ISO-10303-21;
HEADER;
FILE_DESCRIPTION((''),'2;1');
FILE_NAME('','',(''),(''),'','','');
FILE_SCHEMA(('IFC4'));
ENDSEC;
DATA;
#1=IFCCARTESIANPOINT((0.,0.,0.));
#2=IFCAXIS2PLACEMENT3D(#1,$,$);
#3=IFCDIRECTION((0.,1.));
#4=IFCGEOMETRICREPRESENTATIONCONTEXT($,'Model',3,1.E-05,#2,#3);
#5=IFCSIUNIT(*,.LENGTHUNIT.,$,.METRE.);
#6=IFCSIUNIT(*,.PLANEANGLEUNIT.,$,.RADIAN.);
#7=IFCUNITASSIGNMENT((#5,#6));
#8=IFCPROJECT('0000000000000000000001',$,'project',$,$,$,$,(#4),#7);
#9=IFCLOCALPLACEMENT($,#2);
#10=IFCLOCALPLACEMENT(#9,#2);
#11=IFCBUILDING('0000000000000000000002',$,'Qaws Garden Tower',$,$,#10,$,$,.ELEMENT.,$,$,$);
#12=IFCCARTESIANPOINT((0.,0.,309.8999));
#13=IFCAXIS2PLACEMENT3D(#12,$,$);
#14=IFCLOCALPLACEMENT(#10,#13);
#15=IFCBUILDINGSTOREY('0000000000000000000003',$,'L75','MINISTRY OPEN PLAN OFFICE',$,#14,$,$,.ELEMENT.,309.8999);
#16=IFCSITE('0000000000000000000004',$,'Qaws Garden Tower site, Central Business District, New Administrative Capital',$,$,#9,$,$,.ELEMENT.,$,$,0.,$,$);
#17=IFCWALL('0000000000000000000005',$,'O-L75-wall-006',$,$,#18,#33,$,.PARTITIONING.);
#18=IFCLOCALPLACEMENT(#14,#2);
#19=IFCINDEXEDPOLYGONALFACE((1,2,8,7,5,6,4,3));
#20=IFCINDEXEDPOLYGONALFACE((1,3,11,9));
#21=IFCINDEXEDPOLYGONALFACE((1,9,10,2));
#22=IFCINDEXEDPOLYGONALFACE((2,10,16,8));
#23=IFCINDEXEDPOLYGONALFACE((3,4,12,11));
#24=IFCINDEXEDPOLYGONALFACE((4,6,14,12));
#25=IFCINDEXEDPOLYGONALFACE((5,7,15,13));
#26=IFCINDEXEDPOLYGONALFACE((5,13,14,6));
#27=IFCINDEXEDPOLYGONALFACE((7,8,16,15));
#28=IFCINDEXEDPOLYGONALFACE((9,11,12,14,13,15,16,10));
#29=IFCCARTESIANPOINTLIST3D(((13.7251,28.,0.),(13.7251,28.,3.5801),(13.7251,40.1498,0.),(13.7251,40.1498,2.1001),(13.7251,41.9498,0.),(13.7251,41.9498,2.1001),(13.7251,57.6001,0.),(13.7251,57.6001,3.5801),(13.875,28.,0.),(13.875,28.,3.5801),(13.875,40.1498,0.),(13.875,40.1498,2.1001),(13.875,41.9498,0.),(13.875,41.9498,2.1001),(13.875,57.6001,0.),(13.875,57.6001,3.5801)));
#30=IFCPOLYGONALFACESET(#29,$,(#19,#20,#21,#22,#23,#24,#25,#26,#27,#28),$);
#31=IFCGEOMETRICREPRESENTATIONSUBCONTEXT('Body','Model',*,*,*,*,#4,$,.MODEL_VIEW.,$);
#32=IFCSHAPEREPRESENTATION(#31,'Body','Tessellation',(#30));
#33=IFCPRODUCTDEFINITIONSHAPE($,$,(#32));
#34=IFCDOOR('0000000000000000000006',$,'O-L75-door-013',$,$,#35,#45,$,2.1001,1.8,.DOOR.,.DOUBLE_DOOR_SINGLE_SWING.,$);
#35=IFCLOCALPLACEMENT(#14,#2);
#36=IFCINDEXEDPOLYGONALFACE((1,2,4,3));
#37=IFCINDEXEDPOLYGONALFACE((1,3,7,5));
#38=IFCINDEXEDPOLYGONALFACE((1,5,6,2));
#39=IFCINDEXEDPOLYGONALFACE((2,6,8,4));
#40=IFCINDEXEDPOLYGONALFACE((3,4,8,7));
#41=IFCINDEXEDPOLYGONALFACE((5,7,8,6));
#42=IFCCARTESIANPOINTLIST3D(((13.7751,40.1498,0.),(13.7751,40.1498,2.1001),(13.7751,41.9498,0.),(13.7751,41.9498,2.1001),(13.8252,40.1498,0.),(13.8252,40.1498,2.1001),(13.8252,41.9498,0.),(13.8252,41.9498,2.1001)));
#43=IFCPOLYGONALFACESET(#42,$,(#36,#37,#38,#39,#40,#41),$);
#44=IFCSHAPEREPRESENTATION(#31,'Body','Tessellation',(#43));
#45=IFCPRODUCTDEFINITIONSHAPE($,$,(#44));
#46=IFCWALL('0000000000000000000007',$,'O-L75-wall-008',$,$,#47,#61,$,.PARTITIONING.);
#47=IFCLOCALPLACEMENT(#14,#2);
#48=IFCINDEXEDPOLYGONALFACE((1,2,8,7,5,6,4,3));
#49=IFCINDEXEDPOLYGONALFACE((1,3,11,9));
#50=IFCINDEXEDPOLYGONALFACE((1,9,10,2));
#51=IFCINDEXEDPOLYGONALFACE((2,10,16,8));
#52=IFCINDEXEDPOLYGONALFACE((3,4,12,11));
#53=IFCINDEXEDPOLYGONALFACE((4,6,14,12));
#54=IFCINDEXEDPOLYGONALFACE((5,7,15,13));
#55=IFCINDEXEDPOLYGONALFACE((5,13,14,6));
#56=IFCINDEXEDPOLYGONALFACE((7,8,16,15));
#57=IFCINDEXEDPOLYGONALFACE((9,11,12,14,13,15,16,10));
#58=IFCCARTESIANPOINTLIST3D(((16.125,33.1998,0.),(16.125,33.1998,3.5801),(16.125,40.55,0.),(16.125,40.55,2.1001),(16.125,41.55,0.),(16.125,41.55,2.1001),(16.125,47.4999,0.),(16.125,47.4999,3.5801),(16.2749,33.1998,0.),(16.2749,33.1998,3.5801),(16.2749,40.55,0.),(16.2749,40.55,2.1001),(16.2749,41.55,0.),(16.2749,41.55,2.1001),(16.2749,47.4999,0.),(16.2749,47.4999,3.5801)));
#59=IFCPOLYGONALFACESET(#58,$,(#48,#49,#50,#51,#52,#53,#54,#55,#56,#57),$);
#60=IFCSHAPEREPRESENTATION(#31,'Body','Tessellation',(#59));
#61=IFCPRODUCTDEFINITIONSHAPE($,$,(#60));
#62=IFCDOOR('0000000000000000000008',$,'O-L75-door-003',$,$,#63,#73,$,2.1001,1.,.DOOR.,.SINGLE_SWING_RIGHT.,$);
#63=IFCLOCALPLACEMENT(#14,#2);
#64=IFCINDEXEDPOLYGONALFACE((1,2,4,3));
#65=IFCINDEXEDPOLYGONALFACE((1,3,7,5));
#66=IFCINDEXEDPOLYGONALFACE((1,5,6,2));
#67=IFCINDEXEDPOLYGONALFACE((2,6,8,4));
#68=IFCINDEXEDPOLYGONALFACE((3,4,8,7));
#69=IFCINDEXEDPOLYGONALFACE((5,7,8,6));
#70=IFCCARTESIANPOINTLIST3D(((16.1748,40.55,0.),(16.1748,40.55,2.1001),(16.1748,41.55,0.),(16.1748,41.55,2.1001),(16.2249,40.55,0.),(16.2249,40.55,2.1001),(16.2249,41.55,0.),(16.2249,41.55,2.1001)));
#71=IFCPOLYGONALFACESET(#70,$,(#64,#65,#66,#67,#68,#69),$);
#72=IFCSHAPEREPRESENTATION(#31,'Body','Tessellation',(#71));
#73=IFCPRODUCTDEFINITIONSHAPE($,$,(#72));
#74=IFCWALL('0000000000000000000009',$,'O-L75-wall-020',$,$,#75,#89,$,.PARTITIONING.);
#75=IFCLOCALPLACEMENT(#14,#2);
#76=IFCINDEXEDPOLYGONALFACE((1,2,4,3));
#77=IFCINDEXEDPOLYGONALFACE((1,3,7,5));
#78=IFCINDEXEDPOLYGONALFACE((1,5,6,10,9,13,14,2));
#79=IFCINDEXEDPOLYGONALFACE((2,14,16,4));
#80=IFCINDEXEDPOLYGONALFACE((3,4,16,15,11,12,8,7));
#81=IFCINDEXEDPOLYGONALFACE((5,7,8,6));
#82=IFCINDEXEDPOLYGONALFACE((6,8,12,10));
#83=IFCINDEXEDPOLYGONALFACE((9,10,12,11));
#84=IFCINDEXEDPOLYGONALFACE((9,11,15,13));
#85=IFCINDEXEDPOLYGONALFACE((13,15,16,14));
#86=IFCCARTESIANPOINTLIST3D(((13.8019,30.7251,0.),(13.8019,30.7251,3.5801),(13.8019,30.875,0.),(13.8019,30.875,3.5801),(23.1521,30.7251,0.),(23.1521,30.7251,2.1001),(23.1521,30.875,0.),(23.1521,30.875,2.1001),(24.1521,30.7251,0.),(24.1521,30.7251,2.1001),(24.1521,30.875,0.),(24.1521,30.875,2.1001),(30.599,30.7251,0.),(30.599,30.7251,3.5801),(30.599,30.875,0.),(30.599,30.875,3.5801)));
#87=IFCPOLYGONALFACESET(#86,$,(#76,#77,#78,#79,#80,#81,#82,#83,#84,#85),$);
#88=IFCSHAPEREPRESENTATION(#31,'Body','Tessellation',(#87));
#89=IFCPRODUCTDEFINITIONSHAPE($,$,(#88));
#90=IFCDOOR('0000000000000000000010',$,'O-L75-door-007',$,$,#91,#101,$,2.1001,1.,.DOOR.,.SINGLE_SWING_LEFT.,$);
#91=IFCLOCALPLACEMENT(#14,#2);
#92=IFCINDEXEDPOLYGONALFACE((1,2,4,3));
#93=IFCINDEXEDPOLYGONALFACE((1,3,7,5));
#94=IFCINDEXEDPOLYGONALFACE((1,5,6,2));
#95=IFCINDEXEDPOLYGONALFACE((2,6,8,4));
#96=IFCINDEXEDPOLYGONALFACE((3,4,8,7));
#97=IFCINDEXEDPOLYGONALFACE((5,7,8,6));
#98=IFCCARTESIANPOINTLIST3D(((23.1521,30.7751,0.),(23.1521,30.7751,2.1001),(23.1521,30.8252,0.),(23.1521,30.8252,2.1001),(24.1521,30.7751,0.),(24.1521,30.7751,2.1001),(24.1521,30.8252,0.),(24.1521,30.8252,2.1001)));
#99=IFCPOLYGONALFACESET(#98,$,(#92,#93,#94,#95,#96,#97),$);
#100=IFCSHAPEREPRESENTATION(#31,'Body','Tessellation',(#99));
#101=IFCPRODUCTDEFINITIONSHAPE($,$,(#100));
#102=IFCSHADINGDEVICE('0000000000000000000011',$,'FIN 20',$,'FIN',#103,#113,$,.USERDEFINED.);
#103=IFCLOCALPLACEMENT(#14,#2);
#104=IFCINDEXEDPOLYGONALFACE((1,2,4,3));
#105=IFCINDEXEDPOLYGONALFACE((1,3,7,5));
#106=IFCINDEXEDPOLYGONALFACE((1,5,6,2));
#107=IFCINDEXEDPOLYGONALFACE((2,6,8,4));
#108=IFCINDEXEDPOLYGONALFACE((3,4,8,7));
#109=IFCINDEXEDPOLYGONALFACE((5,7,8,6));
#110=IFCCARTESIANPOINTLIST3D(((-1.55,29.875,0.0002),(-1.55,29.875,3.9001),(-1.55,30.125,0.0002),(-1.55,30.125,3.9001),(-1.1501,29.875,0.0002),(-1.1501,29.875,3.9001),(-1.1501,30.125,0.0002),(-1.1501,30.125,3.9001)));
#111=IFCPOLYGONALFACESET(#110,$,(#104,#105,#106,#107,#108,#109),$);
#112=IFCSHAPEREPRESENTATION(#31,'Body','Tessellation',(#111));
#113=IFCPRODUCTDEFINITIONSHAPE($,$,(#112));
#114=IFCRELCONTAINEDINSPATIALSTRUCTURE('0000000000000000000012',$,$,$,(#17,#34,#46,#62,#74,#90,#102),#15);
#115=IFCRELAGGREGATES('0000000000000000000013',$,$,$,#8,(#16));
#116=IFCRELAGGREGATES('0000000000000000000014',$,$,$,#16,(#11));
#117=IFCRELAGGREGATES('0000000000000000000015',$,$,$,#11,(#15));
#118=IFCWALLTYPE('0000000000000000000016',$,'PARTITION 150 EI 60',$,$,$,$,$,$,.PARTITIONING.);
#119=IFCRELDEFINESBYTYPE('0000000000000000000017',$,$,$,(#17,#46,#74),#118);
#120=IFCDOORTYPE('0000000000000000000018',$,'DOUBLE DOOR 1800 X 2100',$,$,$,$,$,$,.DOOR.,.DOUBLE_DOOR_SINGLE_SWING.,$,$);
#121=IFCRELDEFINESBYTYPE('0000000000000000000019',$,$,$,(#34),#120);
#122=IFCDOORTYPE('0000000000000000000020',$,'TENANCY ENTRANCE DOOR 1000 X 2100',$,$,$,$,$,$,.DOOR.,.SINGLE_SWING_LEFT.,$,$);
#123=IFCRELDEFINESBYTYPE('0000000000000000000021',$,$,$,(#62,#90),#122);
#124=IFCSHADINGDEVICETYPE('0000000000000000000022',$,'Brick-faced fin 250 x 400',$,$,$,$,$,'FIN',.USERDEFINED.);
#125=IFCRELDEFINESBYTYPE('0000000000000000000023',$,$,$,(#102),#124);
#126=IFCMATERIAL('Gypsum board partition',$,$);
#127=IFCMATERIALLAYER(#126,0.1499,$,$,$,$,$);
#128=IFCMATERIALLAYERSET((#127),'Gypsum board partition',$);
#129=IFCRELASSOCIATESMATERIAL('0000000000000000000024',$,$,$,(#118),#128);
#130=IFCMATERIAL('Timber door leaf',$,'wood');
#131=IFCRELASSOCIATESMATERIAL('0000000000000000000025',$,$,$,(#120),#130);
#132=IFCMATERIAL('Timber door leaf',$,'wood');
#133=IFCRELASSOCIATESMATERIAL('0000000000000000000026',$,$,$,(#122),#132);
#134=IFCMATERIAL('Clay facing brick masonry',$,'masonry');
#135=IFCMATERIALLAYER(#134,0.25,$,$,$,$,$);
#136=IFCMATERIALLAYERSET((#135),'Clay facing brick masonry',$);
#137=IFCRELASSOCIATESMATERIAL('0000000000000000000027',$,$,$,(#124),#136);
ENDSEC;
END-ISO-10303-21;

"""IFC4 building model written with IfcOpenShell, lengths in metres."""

from ifc_helpers import new_model, si_unit, direction, frame, frame_2d, origin, origin_2d, place, context, subcontext, project, spatial, rectangle, extrude, material, layer, layer_set, type_object, element, fill, save


model = new_model("IFC4")

# Units and contexts
model_context = context("Model", 3, precision=1e-05, world=origin(), true_north=direction((0.0, 1.0)))
body_context = subcontext(model_context, "Body", "Model", "MODEL_VIEW")
ifc_project = project(units=[si_unit("LENGTHUNIT", "METRE"), si_unit("PLANEANGLEUNIT", "RADIAN")], contexts=[model_context])

# Site, building, storey
site_placement = place(None, origin())
site = spatial("IfcSite", under=ifc_project, at=site_placement, Name="Qaws Garden Tower site, Central Business District, New Administrative Capital", CompositionType="ELEMENT", RefElevation=0.0)
building_placement = place(site_placement, origin())
building = spatial("IfcBuilding", under=site, at=building_placement, Name="Qaws Garden Tower", CompositionType="ELEMENT")
storey_placement = place(building_placement, frame((0.0, 0.0, 309.8999)))
storey = spatial("IfcBuildingStorey", under=building, at=storey_placement, Name="L75", Description="MINISTRY OPEN PLAN OFFICE", CompositionType="ELEMENT", Elevation=309.8999)

# Shared definitions
ifc_material_1 = material(Name="Gypsum board partition")
ifc_layer_1 = layer(ifc_material_1, 0.1499)
ifc_layer_set_1 = layer_set([ifc_layer_1], Name="Gypsum board partition")
wall_type_1 = type_object("IfcWallType", Name="PARTITION 150 EI 60", PredefinedType="PARTITIONING", material=ifc_layer_set_1)

# Walls, openings, doors
wall_1_placement = place(storey_placement, frame((13.8, 28.0, 0.0), z_axis=(0.0, 0.0, 1.0), x_axis=(0.0, 1.0, 0.0)))
wall_1 = element("IfcWall", 1, at=wall_1_placement, inside=storey, type_object=wall_type_1, Name="O-L75-wall-006", PredefinedType="PARTITIONING", context=body_context, shape_type="SweptSolid", body=[
    extrude(rectangle(XDim=29.6001, YDim=0.1499, at=frame_2d((14.8, 0.0))), origin(), (0.0, 0.0, 1.0), 3.5801),
])
opening_1_placement = place(wall_1_placement, frame((12.1499, 0.0, 0.0)))
opening_1 = element("IfcOpeningElement", 2, at=opening_1_placement, cuts=wall_1, PredefinedType="OPENING", context=body_context, shape_type="SweptSolid", body=[
    extrude(rectangle(XDim=1.8, YDim=2.1001, at=frame_2d((0.8999, 1.05))), frame((0.0, 0.085, 0.0), z_axis=(0.0, -1.0, 0.0), x_axis=(1.0, 0.0, 0.0)), (0.0, 0.0, 1.0), 0.1699),
])
ifc_material_2 = material(Name="Timber door leaf", Category="wood")
door_type_1 = type_object("IfcDoorType", Name="DOUBLE DOOR 1800 X 2100", OperationType="DOUBLE_DOOR_SINGLE_SWING", PredefinedType="DOOR", material=ifc_material_2)
door_1_placement = place(opening_1_placement, origin())
door_1 = element("IfcDoor", 3, at=door_1_placement, inside=storey, type_object=door_type_1, Name="O-L75-door-013", OperationType="DOUBLE_DOOR_SINGLE_SWING", OverallHeight=2.1001, OverallWidth=1.8, PredefinedType="DOOR", context=body_context, shape_type="SweptSolid", body=[
    extrude(rectangle(XDim=1.8, YDim=2.1001, at=frame_2d((0.8999, 1.05))), frame((0.0, 0.0249, 0.0), z_axis=(0.0, -1.0, 0.0), x_axis=(1.0, 0.0, 0.0)), (0.0, 0.0, 1.0), 0.05),
])
fill(opening_1, door_1)
wall_2_placement = place(storey_placement, frame((16.2, 33.2, 0.0), z_axis=(0.0, 0.0, 1.0), x_axis=(0.0, 1.0, 0.0)))
wall_2 = element("IfcWall", 4, at=wall_2_placement, inside=storey, type_object=wall_type_1, Name="O-L75-wall-008", PredefinedType="PARTITIONING", context=body_context, shape_type="SweptSolid", body=[
    extrude(rectangle(XDim=14.3, YDim=0.1499, at=frame_2d((7.1499, 0.0))), origin(), (0.0, 0.0, 1.0), 3.5801),
])
opening_2_placement = place(wall_2_placement, frame((7.3501, 0.0, 0.0)))
opening_2 = element("IfcOpeningElement", 5, at=opening_2_placement, cuts=wall_2, PredefinedType="OPENING", context=body_context, shape_type="SweptSolid", body=[
    extrude(rectangle(XDim=1.0, YDim=2.1001, at=frame_2d((0.5, 1.05))), frame((0.0, 0.085, 0.0), z_axis=(0.0, -1.0, 0.0), x_axis=(1.0, 0.0, 0.0)), (0.0, 0.0, 1.0), 0.1699),
])
ifc_material_3 = material(Name="Timber door leaf", Category="wood")
door_type_2 = type_object("IfcDoorType", Name="TENANCY ENTRANCE DOOR 1000 X 2100", OperationType="SINGLE_SWING_LEFT", PredefinedType="DOOR", material=ifc_material_3)
door_2_placement = place(opening_2_placement, frame((1.0, 0.0, 0.0), z_axis=(0.0, 0.0, 1.0), x_axis=(-1.0, 0.0, 0.0)))
door_2 = element("IfcDoor", 6, at=door_2_placement, inside=storey, type_object=door_type_2, Name="O-L75-door-003", OperationType="SINGLE_SWING_RIGHT", OverallHeight=2.1001, OverallWidth=1.0, PredefinedType="DOOR", context=body_context, shape_type="SweptSolid", body=[
    extrude(rectangle(XDim=1.0, YDim=2.1001, at=frame_2d((0.5, 1.05))), frame((0.0, 0.0249, 0.0), z_axis=(0.0, -1.0, 0.0), x_axis=(1.0, 0.0, 0.0)), (0.0, 0.0, 1.0), 0.05),
])
fill(opening_2, door_2)
wall_3_placement = place(storey_placement, frame((13.802, 30.8, 0.0), z_axis=(0.0, 0.0, 1.0), x_axis=(1.0, 0.0, 0.0)))
wall_3 = element("IfcWall", 7, at=wall_3_placement, inside=storey, type_object=wall_type_1, Name="O-L75-wall-020", PredefinedType="PARTITIONING", context=body_context, shape_type="SweptSolid", body=[
    extrude(rectangle(XDim=16.7971, YDim=0.1499, at=frame_2d((8.3984, 0.0))), origin(), (0.0, 0.0, 1.0), 3.5801),
])
opening_3_placement = place(wall_3_placement, frame((9.3501, 0.0, 0.0)))
opening_3 = element("IfcOpeningElement", 8, at=opening_3_placement, cuts=wall_3, PredefinedType="OPENING", context=body_context, shape_type="SweptSolid", body=[
    extrude(rectangle(XDim=1.0, YDim=2.1001, at=frame_2d((0.5, 1.05))), frame((0.0, 0.085, 0.0), z_axis=(0.0, -1.0, 0.0), x_axis=(1.0, 0.0, 0.0)), (0.0, 0.0, 1.0), 0.1699),
])
door_3_placement = place(opening_3_placement, frame((1.0, 0.0, 0.0), z_axis=(0.0, 0.0, 1.0), x_axis=(-1.0, 0.0, 0.0)))
door_3 = element("IfcDoor", 9, at=door_3_placement, inside=storey, type_object=door_type_2, Name="O-L75-door-007", OperationType="SINGLE_SWING_LEFT", OverallHeight=2.1001, OverallWidth=1.0, PredefinedType="DOOR", context=body_context, shape_type="SweptSolid", body=[
    extrude(rectangle(XDim=1.0, YDim=2.1001, at=frame_2d((0.5, 1.05))), frame((0.0, 0.0249, 0.0), z_axis=(0.0, -1.0, 0.0), x_axis=(1.0, 0.0, 0.0)), (0.0, 0.0, 1.0), 0.05),
])
fill(opening_3, door_3)

# Shading device
ifc_material_4 = material(Name="Clay facing brick masonry", Category="masonry")
ifc_layer_2 = layer(ifc_material_4, 0.25)
ifc_layer_set_2 = layer_set([ifc_layer_2], Name="Clay facing brick masonry")
shading_device_type = type_object("IfcShadingDeviceType", Name="Brick-faced fin 250 x 400", ElementType="FIN", PredefinedType="USERDEFINED", material=ifc_layer_set_2)
shading_device_placement = place(storey_placement, frame((-1.3501, 30.0, 0.0002), z_axis=(0.0, 0.0, 1.0), x_axis=(0.0, -1.0, 0.0)))
element("IfcShadingDevice", 10, at=shading_device_placement, inside=storey, type_object=shading_device_type, Name="FIN 20", ObjectType="FIN", PredefinedType="USERDEFINED", context=body_context, shape_type="SweptSolid", body=[
    extrude(rectangle(XDim=0.25, YDim=0.3999, at=origin_2d()), origin(), (0.0, 0.0, 1.0), 3.8999),
])

save(model, "model.ifc")
